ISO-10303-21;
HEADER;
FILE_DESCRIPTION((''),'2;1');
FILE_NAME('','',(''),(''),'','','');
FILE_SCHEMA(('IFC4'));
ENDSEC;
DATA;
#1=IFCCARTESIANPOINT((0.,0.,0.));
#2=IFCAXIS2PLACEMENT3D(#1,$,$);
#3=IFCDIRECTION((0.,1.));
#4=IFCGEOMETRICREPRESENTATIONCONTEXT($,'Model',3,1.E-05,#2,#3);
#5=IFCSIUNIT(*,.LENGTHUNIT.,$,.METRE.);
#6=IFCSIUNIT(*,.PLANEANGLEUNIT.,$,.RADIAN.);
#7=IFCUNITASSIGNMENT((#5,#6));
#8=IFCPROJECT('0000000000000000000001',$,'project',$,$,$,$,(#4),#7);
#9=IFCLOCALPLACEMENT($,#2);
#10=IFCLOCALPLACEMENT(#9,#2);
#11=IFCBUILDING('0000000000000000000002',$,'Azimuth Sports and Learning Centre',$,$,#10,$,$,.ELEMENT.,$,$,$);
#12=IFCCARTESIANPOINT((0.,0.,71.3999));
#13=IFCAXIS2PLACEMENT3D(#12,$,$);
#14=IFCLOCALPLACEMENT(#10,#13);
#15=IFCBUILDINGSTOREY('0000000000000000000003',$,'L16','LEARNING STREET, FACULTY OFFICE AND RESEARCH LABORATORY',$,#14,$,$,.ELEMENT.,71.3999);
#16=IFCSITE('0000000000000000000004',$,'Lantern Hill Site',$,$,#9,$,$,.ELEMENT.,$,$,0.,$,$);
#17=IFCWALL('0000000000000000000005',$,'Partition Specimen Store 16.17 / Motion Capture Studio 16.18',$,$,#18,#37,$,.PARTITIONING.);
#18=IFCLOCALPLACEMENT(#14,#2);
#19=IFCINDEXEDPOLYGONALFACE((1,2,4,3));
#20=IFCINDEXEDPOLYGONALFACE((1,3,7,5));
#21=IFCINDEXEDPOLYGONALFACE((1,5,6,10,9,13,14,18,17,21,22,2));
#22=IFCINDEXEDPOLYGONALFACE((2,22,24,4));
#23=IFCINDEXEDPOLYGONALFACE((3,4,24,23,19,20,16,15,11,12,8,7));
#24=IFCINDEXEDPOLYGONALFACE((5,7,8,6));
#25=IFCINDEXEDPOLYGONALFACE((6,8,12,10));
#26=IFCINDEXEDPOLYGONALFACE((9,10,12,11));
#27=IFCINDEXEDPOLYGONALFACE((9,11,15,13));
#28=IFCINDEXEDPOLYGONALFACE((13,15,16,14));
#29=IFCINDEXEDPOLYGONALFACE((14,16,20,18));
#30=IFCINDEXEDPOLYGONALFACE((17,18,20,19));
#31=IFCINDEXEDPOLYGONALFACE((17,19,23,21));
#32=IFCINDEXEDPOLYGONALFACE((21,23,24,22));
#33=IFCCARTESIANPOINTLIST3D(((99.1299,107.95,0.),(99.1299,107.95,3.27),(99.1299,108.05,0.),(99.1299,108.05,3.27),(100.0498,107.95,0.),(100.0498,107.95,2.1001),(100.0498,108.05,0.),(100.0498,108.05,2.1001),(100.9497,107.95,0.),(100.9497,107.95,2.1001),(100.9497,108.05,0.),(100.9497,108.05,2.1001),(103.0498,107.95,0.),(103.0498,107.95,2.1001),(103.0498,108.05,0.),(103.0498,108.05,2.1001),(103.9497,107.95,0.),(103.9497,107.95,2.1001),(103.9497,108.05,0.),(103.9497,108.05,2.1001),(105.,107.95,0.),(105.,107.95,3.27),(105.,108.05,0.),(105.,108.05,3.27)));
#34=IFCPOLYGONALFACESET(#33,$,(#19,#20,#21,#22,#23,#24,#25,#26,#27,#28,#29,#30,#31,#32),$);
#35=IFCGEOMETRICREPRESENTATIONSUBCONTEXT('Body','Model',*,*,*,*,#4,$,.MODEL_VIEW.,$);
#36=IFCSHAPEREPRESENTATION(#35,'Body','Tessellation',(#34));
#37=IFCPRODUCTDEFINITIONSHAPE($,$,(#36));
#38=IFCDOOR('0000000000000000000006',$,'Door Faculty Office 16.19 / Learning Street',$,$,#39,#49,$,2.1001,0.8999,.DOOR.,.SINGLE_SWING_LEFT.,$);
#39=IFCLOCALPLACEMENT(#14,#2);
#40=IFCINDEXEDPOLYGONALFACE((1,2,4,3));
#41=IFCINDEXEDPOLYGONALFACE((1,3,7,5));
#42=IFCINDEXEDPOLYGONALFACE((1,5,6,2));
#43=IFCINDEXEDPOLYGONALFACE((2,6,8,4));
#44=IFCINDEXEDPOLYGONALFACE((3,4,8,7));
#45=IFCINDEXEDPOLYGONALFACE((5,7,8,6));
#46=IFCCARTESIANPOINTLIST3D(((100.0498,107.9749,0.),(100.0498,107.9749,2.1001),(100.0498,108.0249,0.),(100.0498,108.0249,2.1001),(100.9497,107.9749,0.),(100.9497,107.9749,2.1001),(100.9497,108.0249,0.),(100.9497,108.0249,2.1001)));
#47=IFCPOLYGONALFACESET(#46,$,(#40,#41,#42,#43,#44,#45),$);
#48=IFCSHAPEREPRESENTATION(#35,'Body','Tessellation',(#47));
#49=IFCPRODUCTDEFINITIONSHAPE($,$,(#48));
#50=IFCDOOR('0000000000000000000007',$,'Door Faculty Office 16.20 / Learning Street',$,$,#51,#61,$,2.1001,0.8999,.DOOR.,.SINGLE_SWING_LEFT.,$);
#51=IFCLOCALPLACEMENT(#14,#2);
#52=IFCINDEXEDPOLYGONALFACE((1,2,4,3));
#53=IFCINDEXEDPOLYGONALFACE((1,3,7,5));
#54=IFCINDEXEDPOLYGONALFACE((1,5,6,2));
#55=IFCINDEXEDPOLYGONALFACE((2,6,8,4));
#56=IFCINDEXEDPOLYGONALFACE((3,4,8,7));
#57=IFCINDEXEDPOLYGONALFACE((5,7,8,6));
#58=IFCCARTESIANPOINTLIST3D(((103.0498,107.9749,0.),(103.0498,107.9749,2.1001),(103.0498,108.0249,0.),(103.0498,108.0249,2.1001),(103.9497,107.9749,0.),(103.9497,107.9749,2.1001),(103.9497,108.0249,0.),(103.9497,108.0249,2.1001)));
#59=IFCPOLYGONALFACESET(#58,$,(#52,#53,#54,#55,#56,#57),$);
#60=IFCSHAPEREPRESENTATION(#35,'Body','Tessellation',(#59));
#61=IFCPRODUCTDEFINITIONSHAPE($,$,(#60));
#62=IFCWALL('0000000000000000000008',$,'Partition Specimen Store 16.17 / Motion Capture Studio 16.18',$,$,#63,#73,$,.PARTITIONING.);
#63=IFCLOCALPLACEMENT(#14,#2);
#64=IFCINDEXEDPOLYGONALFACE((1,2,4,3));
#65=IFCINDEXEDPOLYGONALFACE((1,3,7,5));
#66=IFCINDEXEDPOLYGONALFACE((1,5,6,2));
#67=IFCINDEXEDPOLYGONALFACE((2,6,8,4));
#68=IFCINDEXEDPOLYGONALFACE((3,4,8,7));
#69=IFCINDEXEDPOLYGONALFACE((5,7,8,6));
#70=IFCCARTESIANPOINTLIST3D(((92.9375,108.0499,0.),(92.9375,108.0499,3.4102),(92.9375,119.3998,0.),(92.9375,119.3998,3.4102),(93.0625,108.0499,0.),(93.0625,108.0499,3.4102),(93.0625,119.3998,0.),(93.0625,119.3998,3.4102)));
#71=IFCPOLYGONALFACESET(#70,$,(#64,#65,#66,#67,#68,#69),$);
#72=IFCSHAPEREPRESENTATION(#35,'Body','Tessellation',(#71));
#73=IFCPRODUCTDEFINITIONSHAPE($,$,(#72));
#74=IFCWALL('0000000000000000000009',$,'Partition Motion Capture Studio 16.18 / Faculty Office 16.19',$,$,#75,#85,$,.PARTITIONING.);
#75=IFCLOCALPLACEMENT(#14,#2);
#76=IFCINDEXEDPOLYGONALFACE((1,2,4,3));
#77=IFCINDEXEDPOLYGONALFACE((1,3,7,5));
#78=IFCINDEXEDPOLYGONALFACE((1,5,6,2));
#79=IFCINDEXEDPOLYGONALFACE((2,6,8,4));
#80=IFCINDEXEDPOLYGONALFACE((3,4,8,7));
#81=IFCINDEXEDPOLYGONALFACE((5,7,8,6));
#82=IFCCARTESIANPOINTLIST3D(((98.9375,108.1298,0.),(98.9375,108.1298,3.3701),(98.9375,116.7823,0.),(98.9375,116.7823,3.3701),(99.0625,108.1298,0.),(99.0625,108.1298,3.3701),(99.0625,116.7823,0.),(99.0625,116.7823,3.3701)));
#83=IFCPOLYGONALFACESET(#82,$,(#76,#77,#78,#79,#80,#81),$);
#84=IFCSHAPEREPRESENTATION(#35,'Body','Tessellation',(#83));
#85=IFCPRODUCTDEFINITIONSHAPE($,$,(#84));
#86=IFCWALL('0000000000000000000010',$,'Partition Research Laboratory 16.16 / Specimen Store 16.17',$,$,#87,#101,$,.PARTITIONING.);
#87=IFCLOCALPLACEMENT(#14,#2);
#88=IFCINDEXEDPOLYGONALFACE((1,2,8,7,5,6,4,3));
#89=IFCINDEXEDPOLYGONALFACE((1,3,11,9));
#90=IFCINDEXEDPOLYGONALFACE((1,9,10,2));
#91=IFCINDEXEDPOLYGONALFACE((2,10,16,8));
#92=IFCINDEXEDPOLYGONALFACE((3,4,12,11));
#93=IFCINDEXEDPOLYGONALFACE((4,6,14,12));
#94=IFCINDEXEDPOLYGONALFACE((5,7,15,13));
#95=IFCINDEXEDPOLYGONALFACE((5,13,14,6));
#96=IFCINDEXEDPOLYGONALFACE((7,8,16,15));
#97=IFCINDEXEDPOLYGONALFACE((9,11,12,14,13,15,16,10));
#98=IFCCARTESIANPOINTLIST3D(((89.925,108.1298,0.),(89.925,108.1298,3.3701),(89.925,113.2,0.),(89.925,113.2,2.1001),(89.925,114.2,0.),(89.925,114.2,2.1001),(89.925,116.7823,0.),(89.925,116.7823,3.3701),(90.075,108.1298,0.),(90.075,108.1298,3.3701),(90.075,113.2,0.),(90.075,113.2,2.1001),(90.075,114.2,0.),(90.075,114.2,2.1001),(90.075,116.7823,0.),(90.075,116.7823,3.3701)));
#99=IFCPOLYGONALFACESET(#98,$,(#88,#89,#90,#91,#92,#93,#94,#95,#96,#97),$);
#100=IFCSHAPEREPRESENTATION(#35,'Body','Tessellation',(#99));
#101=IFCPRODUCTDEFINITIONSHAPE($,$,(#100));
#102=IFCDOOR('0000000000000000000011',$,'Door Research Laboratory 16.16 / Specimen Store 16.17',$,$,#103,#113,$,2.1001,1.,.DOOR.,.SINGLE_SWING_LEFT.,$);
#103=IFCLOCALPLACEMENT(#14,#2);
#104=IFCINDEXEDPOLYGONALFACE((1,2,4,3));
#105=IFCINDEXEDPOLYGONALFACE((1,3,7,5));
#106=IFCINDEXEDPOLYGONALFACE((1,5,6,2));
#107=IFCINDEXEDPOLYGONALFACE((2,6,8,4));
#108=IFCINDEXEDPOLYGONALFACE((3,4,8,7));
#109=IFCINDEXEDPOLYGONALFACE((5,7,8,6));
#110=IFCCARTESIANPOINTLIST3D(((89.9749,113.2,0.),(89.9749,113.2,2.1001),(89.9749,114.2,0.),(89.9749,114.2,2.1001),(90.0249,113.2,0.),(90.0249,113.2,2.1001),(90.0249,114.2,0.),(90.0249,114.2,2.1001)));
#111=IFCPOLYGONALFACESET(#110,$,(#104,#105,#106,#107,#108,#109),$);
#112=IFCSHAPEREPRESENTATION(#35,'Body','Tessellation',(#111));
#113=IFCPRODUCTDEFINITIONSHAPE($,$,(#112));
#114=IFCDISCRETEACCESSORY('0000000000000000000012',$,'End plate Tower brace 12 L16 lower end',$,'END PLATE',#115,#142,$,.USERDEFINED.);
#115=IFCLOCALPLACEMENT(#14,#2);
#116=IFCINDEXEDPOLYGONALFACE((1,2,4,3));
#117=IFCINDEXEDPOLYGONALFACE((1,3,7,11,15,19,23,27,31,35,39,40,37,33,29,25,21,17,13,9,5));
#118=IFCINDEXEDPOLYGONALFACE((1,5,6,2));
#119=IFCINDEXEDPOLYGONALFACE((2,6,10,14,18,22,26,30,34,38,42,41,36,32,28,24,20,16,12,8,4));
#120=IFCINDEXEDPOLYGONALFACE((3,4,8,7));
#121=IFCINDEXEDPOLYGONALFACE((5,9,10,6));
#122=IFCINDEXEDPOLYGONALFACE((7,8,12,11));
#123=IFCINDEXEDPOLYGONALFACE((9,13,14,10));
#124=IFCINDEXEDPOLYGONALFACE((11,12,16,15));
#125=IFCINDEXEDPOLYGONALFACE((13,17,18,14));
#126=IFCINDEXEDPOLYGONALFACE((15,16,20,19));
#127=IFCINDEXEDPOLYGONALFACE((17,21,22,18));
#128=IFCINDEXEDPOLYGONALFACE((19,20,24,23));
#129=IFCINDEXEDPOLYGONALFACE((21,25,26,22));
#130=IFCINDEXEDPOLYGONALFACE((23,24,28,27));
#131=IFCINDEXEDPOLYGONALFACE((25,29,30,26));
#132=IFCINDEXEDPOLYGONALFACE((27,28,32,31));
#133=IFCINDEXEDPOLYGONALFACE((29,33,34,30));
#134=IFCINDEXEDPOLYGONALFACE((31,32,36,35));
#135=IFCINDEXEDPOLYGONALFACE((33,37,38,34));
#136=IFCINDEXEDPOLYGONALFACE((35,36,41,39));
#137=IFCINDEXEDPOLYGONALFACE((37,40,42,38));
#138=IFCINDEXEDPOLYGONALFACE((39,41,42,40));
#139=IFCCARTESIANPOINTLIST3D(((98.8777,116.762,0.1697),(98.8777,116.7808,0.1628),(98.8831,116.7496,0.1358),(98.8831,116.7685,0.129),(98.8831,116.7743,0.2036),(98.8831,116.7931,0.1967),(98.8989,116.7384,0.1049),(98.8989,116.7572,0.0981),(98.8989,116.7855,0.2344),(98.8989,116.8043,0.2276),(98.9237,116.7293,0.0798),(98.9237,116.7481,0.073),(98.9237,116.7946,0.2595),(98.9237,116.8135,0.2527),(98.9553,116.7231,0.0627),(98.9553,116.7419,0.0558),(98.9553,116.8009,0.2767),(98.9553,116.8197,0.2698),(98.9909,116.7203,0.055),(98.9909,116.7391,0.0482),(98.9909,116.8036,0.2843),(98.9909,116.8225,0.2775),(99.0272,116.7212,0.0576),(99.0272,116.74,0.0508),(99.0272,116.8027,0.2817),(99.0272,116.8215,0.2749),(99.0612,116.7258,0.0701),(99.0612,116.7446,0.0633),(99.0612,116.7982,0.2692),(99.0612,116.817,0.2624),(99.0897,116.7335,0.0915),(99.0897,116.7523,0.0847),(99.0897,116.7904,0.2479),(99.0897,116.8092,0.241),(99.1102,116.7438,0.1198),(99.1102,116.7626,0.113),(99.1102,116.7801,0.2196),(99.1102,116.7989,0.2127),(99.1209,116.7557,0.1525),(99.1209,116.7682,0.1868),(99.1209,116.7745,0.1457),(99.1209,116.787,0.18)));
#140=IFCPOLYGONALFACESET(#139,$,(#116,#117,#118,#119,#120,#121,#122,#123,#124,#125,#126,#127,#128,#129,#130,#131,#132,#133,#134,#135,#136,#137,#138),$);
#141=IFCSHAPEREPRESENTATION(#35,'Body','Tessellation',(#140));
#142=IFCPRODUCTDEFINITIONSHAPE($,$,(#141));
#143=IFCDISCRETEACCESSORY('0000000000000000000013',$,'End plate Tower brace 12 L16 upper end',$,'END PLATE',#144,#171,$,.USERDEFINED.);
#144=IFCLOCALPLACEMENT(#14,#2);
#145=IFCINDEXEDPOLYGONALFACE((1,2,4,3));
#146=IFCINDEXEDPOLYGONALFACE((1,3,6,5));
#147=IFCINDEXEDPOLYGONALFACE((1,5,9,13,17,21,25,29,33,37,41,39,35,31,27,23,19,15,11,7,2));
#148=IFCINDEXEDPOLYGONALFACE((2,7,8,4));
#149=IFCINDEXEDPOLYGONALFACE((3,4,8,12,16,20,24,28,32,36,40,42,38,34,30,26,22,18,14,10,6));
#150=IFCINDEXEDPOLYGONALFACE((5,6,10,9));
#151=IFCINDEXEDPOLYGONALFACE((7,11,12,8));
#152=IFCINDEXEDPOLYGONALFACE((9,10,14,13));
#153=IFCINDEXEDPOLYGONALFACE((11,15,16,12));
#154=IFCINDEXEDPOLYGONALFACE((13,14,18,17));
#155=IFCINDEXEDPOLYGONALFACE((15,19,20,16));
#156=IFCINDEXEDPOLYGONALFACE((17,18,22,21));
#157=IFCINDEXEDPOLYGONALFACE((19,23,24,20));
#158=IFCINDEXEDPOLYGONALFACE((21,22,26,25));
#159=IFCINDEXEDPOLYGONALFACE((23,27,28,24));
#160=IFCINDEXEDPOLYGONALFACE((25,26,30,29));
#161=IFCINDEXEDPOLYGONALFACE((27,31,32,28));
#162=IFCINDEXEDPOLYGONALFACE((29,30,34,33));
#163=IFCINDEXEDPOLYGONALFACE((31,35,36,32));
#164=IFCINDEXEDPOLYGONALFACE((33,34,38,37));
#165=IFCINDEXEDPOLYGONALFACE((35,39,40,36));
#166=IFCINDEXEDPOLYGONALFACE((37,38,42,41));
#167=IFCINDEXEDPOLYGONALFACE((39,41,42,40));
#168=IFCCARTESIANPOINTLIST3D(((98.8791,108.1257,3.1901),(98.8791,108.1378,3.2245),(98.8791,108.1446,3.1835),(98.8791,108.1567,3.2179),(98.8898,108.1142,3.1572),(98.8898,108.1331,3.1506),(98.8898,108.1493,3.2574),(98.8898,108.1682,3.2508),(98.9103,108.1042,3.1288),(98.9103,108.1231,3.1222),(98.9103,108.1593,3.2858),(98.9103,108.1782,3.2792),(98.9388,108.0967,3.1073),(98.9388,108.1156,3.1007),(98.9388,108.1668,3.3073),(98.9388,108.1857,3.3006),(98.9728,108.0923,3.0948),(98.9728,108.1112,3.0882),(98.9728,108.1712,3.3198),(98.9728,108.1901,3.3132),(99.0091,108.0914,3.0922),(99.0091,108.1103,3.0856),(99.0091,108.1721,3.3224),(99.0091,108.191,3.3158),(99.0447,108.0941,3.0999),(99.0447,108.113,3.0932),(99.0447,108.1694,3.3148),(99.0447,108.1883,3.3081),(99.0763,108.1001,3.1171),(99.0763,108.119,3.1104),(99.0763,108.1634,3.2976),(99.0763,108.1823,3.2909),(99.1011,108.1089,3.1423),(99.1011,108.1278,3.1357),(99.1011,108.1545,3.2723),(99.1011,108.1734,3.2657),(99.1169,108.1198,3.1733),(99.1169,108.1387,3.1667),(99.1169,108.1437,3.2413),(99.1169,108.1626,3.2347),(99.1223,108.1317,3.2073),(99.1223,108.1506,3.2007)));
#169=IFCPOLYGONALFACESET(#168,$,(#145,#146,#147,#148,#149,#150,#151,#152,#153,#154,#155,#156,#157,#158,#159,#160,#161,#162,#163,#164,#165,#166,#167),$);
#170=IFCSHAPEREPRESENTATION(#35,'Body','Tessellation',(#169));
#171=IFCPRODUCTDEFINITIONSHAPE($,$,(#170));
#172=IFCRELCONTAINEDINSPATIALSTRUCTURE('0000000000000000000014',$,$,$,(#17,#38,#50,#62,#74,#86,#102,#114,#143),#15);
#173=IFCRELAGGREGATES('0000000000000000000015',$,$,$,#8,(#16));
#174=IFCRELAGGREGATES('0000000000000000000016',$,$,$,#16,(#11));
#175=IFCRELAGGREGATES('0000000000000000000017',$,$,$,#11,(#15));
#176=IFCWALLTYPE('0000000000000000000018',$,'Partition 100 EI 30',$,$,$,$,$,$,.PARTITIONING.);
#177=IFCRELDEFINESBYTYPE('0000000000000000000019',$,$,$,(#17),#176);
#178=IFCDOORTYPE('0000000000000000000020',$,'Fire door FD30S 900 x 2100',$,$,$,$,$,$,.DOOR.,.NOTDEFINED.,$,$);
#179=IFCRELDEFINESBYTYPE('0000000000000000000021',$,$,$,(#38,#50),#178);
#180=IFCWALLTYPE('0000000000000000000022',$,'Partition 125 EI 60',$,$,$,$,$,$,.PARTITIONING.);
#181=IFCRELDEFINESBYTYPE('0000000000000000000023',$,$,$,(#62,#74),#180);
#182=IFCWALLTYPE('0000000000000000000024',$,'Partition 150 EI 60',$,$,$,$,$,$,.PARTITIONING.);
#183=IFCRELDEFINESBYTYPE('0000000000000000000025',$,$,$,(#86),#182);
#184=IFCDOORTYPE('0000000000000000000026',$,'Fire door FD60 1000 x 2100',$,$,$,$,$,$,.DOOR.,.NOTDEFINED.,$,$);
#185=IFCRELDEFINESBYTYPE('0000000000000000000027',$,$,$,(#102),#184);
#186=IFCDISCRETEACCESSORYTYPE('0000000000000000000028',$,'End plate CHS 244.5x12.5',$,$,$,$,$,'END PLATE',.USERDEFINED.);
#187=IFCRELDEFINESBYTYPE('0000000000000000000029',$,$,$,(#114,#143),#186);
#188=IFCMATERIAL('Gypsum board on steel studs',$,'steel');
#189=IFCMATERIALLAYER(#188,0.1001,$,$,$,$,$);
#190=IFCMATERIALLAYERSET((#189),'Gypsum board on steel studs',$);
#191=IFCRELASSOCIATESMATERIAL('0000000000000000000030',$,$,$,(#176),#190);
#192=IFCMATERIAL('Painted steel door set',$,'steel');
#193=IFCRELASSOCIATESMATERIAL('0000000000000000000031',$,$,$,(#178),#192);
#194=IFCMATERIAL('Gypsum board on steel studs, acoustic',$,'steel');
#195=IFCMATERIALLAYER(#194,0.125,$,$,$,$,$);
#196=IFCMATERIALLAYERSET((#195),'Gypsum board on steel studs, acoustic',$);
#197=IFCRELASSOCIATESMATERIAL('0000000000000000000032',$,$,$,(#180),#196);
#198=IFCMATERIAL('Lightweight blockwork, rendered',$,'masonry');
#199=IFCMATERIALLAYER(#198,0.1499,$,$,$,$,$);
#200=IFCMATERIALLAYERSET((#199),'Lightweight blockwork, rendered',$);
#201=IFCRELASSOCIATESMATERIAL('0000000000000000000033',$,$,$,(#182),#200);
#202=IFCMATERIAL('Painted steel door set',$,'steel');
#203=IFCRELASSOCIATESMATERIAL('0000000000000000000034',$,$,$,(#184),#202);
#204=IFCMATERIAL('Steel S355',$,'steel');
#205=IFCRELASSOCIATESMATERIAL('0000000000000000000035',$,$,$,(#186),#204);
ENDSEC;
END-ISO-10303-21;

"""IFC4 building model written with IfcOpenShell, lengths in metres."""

from ifc_helpers import new_model, si_unit, direction, frame, frame_2d, origin, origin_2d, place, context, subcontext, project, spatial, rectangle, circle, extrude, material, layer, layer_set, material_profile, profile_set, type_object, element, fill, save


model = new_model("IFC4")

# Units and contexts
model_context = context("Model", 3, precision=1e-05, world=origin(), true_north=direction((0.0, 1.0)))
body_context = subcontext(model_context, "Body", "Model", "MODEL_VIEW")
ifc_project = project(units=[si_unit("LENGTHUNIT", "METRE"), si_unit("PLANEANGLEUNIT", "RADIAN")], contexts=[model_context])

# Site, building, storey
site_placement = place(None, origin())
site = spatial("IfcSite", under=ifc_project, at=site_placement, Name="Lantern Hill Site", CompositionType="ELEMENT", RefElevation=0.0)
building_placement = place(site_placement, origin())
building = spatial("IfcBuilding", under=site, at=building_placement, Name="Azimuth Sports and Learning Centre", CompositionType="ELEMENT")
storey_placement = place(building_placement, frame((0.0, 0.0, 71.3999)))
storey = spatial("IfcBuildingStorey", under=building, at=storey_placement, Name="L16", Description="LEARNING STREET, FACULTY OFFICE AND RESEARCH LABORATORY", CompositionType="ELEMENT", Elevation=71.3999)

# Wall, openings, doors
ifc_material_1 = material(Name="Gypsum board on steel studs", Category="steel")
ifc_layer_1 = layer(ifc_material_1, 0.1001)
ifc_layer_set_1 = layer_set([ifc_layer_1], Name="Gypsum board on steel studs")
wall_type_1 = type_object("IfcWallType", Name="Partition 100 EI 30", PredefinedType="PARTITIONING", material=ifc_layer_set_1)
wall_1_placement = place(storey_placement, frame((99.1299, 108.0, 0.0), z_axis=(0.0, 0.0, 1.0), x_axis=(1.0, 0.0, 0.0)))
wall_1 = element("IfcWall", 1, at=wall_1_placement, inside=storey, type_object=wall_type_1, Name="Partition Specimen Store 16.17 / Motion Capture Studio 16.18", PredefinedType="PARTITIONING", context=body_context, shape_type="SweptSolid", body=[
    extrude(rectangle(XDim=5.8701, YDim=0.1001, at=frame_2d((2.9351, 0.0))), origin(), (0.0, 0.0, 1.0), 3.27),
])
opening_1_placement = place(wall_1_placement, frame((0.9199, 0.0, 0.0)))
opening_1 = element("IfcOpeningElement", 2, at=opening_1_placement, cuts=wall_1, PredefinedType="OPENING", context=body_context, shape_type="SweptSolid", body=[
    extrude(rectangle(XDim=0.8999, YDim=2.1001, at=frame_2d((0.45, 1.05))), frame((0.0, 0.061, 0.0), z_axis=(0.0, -1.0, 0.0), x_axis=(1.0, 0.0, 0.0)), (0.0, 0.0, 1.0), 0.1221),
])
opening_2_placement = place(wall_1_placement, frame((3.9199, 0.0, 0.0)))
opening_2 = element("IfcOpeningElement", 3, at=opening_2_placement, cuts=wall_1, PredefinedType="OPENING", context=body_context, shape_type="SweptSolid", body=[
    extrude(rectangle(XDim=0.8999, YDim=2.1001, at=frame_2d((0.45, 1.05))), frame((0.0, 0.061, 0.0), z_axis=(0.0, -1.0, 0.0), x_axis=(1.0, 0.0, 0.0)), (0.0, 0.0, 1.0), 0.1221),
])
ifc_material_2 = material(Name="Painted steel door set", Category="steel")
door_type_1 = type_object("IfcDoorType", Name="Fire door FD30S 900 x 2100", OperationType="NOTDEFINED", PredefinedType="DOOR", material=ifc_material_2)
door_1_placement = place(opening_1_placement, origin())
door_1 = element("IfcDoor", 4, at=door_1_placement, inside=storey, type_object=door_type_1, Name="Door Faculty Office 16.19 / Learning Street", OperationType="SINGLE_SWING_LEFT", OverallHeight=2.1001, OverallWidth=0.8999, PredefinedType="DOOR", context=body_context, shape_type="SweptSolid", body=[
    extrude(rectangle(XDim=0.8999, YDim=2.1001, at=frame_2d((0.45, 1.05))), frame((0.0, 0.0249, 0.0), z_axis=(0.0, -1.0, 0.0), x_axis=(1.0, 0.0, 0.0)), (0.0, 0.0, 1.0), 0.05),
])
fill(opening_1, door_1)
door_2_placement = place(opening_2_placement, origin())
door_2 = element("IfcDoor", 5, at=door_2_placement, inside=storey, type_object=door_type_1, Name="Door Faculty Office 16.20 / Learning Street", OperationType="SINGLE_SWING_LEFT", OverallHeight=2.1001, OverallWidth=0.8999, PredefinedType="DOOR", context=body_context, shape_type="SweptSolid", body=[
    extrude(rectangle(XDim=0.8999, YDim=2.1001, at=frame_2d((0.45, 1.05))), frame((0.0, 0.0249, 0.0), z_axis=(0.0, -1.0, 0.0), x_axis=(1.0, 0.0, 0.0)), (0.0, 0.0, 1.0), 0.05),
])
fill(opening_2, door_2)

# Walls
ifc_material_3 = material(Name="Gypsum board on steel studs, acoustic", Category="steel")
ifc_layer_2 = layer(ifc_material_3, 0.125)
ifc_layer_set_2 = layer_set([ifc_layer_2], Name="Gypsum board on steel studs, acoustic")
wall_type_2 = type_object("IfcWallType", Name="Partition 125 EI 60", PredefinedType="PARTITIONING", material=ifc_layer_set_2)
wall_2_placement = place(storey_placement, frame((93.0, 108.05, 0.0), z_axis=(0.0, 0.0, 1.0), x_axis=(0.0, 1.0, 0.0)))
element("IfcWall", 6, at=wall_2_placement, inside=storey, type_object=wall_type_2, Name="Partition Specimen Store 16.17 / Motion Capture Studio 16.18", PredefinedType="PARTITIONING", context=body_context, shape_type="SweptSolid", body=[
    extrude(rectangle(XDim=11.3499, YDim=0.125, at=frame_2d((5.6748, 0.0))), origin(), (0.0, 0.0, 1.0), 3.4102),
])
wall_3_placement = place(storey_placement, frame((99.0, 108.1299, 0.0), z_axis=(0.0, 0.0, 1.0), x_axis=(0.0, 1.0, 0.0)))
element("IfcWall", 7, at=wall_3_placement, inside=storey, type_object=wall_type_2, Name="Partition Motion Capture Studio 16.18 / Faculty Office 16.19", PredefinedType="PARTITIONING", context=body_context, shape_type="SweptSolid", body=[
    extrude(rectangle(XDim=8.6526, YDim=0.125, at=frame_2d((4.3262, 0.0))), origin(), (0.0, 0.0, 1.0), 3.3701),
])

# Wall, opening, door
ifc_material_4 = material(Name="Lightweight blockwork, rendered", Category="masonry")
ifc_layer_3 = layer(ifc_material_4, 0.1499)
ifc_layer_set_3 = layer_set([ifc_layer_3], Name="Lightweight blockwork, rendered")
wall_type_3 = type_object("IfcWallType", Name="Partition 150 EI 60", PredefinedType="PARTITIONING", material=ifc_layer_set_3)
wall_4_placement = place(storey_placement, frame((90.0, 108.1299, 0.0), z_axis=(0.0, 0.0, 1.0), x_axis=(0.0, 1.0, 0.0)))
wall_4 = element("IfcWall", 8, at=wall_4_placement, inside=storey, type_object=wall_type_3, Name="Partition Research Laboratory 16.16 / Specimen Store 16.17", PredefinedType="PARTITIONING", context=body_context, shape_type="SweptSolid", body=[
    extrude(rectangle(XDim=8.6526, YDim=0.1499, at=frame_2d((4.3262, 0.0))), origin(), (0.0, 0.0, 1.0), 3.3701),
])
opening_3_placement = place(wall_4_placement, frame((5.0701, 0.0, 0.0)))
opening_3 = element("IfcOpeningElement", 9, at=opening_3_placement, cuts=wall_4, PredefinedType="OPENING", context=body_context, shape_type="SweptSolid", body=[
    extrude(rectangle(XDim=1.0, YDim=2.1001, at=frame_2d((0.5, 1.05))), frame((0.0, 0.0859, 0.0), z_axis=(0.0, -1.0, 0.0), x_axis=(1.0, 0.0, 0.0)), (0.0, 0.0, 1.0), 0.1719),
])
ifc_material_5 = material(Name="Painted steel door set", Category="steel")
door_type_2 = type_object("IfcDoorType", Name="Fire door FD60 1000 x 2100", OperationType="NOTDEFINED", PredefinedType="DOOR", material=ifc_material_5)
door_3_placement = place(opening_3_placement, frame((1.0, 0.0, 0.0), z_axis=(0.0, 0.0, 1.0), x_axis=(-1.0, 0.0, 0.0)))
door_3 = element("IfcDoor", 10, at=door_3_placement, inside=storey, type_object=door_type_2, Name="Door Research Laboratory 16.16 / Specimen Store 16.17", OperationType="SINGLE_SWING_LEFT", OverallHeight=2.1001, OverallWidth=1.0, PredefinedType="DOOR", context=body_context, shape_type="SweptSolid", body=[
    extrude(rectangle(XDim=1.0, YDim=2.1001, at=frame_2d((0.5, 1.05))), frame((0.0, 0.0249, 0.0), z_axis=(0.0, -1.0, 0.0), x_axis=(1.0, 0.0, 0.0)), (0.0, 0.0, 1.0), 0.05),
])
fill(opening_3, door_3)

# Discrete accessories
ifc_material_6 = material(Name="Steel S355", Category="steel")
ifc_material_profile_1 = material_profile(ifc_material_6, circle(Radius=0.1223, at=origin_2d()), Name="PL 244 DISC")
ifc_profile_set_1 = profile_set([ifc_material_profile_1], Name="Steel S355")
discrete_accessory_type = type_object("IfcDiscreteAccessoryType", Name="End plate CHS 244.5x12.5", ElementType="END PLATE", PredefinedType="USERDEFINED", material=ifc_profile_set_1)
for number, where, z_axis, x_axis, name in (
    (11, (99.0, 116.762, 0.1697), (0.0, 0.939793, -0.341743), (-1.0, 0.0, 0.0), "End plate Tower brace 12 L16 lower end"),
    (12, (99.0, 108.1506, 3.2007), (0.0, -0.943667, 0.330896), (1.0, 0.0, 0.0), "End plate Tower brace 12 L16 upper end"),
):
    element("IfcDiscreteAccessory", number, at=place(storey_placement, frame(where, z_axis=z_axis, x_axis=x_axis)), inside=storey, type_object=discrete_accessory_type, Name=name, ObjectType="END PLATE", PredefinedType="USERDEFINED", context=body_context, shape_type="SweptSolid", body=[
        extrude(circle(Radius=0.1223, at=origin_2d()), origin(), (0.0, 0.0, 1.0), 0.02),
    ])

save(model, "model.ifc")
